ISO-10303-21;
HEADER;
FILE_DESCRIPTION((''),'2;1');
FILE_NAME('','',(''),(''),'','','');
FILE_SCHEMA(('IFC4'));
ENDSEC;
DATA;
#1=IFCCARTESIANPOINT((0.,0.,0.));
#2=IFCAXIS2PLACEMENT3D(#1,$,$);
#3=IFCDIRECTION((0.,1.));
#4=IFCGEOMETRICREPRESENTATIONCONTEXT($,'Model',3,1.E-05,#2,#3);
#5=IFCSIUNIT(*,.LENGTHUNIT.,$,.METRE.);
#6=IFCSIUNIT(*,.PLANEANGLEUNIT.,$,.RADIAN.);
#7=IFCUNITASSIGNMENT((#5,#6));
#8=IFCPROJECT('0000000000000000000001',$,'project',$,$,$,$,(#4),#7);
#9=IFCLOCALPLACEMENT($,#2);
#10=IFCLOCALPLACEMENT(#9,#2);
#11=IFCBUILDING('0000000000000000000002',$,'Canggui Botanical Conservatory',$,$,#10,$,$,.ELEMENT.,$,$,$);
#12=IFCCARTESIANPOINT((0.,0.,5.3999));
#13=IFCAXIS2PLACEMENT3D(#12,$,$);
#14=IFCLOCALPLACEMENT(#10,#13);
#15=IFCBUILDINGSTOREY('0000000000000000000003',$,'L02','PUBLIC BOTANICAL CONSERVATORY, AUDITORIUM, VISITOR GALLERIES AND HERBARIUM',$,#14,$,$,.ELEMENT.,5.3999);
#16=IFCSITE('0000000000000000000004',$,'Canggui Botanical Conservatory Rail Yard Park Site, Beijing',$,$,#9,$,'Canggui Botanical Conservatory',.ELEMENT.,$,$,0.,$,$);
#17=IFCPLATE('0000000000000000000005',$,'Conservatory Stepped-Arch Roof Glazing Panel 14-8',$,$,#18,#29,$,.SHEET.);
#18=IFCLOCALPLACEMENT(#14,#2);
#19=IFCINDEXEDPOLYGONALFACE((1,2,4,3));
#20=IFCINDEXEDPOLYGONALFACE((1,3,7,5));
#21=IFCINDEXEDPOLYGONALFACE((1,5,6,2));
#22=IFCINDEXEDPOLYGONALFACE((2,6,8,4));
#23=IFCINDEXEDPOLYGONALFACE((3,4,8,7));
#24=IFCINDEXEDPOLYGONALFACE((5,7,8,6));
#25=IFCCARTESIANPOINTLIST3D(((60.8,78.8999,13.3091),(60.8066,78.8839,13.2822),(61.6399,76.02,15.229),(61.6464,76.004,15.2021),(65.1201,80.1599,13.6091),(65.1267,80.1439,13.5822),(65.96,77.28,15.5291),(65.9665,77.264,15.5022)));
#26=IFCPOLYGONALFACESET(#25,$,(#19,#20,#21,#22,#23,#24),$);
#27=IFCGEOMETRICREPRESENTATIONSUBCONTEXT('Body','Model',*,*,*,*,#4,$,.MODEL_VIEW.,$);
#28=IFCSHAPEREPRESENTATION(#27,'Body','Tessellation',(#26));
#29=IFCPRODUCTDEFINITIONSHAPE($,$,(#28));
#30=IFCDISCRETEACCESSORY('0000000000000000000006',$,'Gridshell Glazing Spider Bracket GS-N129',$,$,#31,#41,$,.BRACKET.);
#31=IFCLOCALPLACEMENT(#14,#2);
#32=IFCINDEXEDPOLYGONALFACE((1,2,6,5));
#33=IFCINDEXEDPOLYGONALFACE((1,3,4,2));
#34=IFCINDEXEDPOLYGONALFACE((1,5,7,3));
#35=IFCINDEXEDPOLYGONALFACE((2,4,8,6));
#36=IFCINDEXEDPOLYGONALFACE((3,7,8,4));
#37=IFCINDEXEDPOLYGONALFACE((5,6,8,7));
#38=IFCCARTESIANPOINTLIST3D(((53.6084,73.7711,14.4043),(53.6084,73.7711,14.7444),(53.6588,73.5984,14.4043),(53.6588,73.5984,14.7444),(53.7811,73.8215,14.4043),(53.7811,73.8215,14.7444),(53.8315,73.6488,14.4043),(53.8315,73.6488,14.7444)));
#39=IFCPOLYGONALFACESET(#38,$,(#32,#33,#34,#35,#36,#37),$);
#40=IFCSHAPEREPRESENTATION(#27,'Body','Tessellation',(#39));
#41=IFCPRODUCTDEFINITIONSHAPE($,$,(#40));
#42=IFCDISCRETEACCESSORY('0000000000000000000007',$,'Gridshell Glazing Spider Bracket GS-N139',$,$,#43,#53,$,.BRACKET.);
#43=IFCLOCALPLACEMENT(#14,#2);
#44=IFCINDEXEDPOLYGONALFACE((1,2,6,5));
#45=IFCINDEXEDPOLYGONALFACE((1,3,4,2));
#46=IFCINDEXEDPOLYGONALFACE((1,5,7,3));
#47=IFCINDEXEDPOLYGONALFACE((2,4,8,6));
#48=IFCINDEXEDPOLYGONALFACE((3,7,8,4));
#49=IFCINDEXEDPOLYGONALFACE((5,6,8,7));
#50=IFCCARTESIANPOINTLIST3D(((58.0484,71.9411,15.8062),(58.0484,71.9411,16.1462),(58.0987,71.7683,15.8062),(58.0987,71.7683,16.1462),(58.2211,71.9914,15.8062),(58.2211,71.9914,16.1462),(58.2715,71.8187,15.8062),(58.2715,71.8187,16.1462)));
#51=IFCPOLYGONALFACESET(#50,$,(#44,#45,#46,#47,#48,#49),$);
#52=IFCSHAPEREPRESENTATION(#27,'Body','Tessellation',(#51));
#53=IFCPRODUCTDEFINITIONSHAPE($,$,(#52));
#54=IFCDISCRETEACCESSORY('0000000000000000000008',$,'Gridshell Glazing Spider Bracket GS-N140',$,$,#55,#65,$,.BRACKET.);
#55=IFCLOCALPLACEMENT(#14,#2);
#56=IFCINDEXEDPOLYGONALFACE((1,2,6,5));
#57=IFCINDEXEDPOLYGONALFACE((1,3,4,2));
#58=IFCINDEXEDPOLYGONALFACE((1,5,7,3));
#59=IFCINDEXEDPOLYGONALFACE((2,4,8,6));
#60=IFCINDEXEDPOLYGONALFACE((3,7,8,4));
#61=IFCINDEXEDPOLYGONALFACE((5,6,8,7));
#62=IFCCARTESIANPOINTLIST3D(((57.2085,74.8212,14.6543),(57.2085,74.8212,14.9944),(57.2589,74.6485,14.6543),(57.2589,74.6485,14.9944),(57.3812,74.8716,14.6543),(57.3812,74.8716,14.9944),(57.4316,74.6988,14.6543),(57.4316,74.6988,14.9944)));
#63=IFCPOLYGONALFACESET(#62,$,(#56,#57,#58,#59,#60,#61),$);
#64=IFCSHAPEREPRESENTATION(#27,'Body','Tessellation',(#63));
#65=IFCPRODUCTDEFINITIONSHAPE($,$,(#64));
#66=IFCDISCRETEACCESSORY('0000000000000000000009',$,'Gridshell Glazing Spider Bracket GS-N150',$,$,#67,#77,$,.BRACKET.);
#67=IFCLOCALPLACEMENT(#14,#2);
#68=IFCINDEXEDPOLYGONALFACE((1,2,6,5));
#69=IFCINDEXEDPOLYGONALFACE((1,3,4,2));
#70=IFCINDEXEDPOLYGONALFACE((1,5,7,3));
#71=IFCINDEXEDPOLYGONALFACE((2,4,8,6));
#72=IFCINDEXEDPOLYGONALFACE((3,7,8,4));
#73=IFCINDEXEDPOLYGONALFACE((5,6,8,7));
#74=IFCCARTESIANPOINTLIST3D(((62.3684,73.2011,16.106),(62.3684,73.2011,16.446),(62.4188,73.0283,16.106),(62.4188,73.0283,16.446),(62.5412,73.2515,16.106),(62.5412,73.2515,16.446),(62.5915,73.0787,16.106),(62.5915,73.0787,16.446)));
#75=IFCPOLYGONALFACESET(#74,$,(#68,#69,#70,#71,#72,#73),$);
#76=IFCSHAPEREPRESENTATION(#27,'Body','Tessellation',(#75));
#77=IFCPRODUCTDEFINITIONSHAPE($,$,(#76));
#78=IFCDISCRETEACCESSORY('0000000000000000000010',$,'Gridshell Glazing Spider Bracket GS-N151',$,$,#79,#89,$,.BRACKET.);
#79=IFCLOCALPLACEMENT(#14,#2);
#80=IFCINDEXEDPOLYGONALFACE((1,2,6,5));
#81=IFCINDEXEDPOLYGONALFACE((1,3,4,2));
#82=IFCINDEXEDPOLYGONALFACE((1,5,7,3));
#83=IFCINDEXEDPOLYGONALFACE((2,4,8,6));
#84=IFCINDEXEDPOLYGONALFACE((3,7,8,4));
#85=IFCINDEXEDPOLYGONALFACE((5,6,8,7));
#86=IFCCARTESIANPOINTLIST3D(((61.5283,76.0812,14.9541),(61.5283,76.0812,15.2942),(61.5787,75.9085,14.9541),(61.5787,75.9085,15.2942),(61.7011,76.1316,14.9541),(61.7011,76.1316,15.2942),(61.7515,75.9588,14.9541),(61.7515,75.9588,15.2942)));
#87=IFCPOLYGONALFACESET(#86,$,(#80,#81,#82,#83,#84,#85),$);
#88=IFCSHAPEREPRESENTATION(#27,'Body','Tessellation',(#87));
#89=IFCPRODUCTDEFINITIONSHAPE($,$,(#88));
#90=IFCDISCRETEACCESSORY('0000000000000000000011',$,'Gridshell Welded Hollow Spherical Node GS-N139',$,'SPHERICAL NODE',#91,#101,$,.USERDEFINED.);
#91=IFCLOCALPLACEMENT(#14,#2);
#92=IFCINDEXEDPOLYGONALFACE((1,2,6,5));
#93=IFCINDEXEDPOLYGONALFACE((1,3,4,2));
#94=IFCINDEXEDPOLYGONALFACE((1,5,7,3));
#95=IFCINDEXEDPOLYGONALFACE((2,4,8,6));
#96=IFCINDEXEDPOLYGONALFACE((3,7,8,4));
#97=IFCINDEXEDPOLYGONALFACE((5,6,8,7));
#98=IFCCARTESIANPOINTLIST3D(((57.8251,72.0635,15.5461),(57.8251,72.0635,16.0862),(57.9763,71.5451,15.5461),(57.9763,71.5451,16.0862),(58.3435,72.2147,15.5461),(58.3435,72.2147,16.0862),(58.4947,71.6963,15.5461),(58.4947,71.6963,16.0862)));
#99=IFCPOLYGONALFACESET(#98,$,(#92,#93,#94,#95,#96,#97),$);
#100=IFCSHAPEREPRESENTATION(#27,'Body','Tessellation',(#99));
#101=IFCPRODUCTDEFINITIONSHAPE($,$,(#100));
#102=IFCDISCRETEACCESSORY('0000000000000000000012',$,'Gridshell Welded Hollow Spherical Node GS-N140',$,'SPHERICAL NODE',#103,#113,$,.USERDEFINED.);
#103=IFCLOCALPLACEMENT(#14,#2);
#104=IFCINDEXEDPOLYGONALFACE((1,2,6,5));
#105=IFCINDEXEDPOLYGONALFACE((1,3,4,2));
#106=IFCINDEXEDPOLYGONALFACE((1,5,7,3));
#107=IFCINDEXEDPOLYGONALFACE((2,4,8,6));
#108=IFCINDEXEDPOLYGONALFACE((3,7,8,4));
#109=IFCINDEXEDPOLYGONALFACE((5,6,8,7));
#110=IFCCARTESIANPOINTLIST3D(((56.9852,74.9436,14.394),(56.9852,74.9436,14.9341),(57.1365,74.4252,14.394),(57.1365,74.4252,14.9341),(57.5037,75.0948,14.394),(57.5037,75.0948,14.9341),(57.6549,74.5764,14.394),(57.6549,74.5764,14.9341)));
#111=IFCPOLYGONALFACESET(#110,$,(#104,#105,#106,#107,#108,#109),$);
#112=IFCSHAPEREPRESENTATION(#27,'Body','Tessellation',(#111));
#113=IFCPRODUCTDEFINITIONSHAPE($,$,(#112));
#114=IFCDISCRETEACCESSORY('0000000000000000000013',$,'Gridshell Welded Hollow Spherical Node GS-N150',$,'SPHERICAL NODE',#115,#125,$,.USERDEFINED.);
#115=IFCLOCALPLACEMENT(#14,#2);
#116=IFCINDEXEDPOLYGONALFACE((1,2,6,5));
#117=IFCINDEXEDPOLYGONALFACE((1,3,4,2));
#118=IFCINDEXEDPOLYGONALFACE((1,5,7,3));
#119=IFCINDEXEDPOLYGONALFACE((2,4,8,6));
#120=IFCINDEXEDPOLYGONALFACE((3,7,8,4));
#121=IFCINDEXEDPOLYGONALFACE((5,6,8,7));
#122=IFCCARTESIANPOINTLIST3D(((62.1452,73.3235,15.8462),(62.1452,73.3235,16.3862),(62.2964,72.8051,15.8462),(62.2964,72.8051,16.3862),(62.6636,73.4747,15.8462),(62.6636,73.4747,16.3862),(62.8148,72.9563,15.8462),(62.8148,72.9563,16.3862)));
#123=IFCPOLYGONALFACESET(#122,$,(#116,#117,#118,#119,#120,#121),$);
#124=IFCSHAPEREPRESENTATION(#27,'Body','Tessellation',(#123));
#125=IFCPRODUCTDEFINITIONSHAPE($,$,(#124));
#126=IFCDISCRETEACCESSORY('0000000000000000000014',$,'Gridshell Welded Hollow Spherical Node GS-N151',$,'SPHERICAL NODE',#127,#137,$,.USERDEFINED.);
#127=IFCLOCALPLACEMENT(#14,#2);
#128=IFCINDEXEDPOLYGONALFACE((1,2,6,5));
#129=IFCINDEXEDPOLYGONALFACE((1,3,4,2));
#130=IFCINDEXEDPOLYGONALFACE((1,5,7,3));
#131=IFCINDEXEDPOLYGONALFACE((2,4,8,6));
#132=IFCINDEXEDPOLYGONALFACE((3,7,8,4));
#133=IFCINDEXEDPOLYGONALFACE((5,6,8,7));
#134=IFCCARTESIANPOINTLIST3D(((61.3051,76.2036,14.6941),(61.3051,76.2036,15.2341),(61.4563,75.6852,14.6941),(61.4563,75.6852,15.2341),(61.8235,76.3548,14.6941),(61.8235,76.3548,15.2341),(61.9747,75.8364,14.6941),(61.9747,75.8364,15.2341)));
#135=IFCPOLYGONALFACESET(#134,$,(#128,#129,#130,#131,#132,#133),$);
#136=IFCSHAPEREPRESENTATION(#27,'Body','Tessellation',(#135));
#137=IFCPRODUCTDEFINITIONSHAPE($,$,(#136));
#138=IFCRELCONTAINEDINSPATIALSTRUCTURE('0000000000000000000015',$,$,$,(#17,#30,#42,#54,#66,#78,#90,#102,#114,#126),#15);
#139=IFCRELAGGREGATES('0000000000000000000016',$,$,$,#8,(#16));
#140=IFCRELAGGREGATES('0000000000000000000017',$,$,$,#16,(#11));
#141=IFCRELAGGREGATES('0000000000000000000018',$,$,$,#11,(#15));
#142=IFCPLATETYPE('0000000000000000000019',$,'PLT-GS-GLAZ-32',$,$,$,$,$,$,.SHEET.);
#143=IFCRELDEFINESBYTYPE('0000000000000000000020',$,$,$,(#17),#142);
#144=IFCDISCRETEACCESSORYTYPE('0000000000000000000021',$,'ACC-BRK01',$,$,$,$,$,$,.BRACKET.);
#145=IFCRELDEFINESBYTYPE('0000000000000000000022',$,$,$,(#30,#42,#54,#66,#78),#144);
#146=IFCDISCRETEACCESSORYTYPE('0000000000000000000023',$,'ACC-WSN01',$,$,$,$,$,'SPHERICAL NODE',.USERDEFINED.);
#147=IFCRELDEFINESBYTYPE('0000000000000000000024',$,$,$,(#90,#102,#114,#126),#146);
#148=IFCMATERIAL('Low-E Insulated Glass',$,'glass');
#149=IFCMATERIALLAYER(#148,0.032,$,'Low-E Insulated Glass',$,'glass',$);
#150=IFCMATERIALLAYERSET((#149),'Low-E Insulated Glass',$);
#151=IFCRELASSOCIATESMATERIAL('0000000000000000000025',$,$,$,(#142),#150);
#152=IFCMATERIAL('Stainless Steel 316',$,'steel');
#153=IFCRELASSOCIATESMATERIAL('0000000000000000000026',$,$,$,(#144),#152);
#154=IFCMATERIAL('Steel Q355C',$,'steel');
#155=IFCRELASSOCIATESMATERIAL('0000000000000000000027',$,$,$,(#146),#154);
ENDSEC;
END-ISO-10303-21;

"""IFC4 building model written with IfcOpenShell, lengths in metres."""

from ifc_helpers import new_model, si_unit, direction, frame, origin, origin_2d, place, context, subcontext, project, spatial, polyline, rectangle, outline, extrude, material, layer, layer_set, type_object, element, save


model = new_model("IFC4")

# Units and contexts
model_context = context("Model", 3, precision=1e-05, world=origin(), true_north=direction((0.0, 1.0)))
body_context = subcontext(model_context, "Body", "Model", "MODEL_VIEW")
ifc_project = project(units=[si_unit("LENGTHUNIT", "METRE"), si_unit("PLANEANGLEUNIT", "RADIAN")], contexts=[model_context])

# Site, building, storey
site_placement = place(None, origin())
site = spatial("IfcSite", under=ifc_project, at=site_placement, Name="Canggui Botanical Conservatory Rail Yard Park Site, Beijing", LongName="Canggui Botanical Conservatory", CompositionType="ELEMENT", RefElevation=0.0)
building_placement = place(site_placement, origin())
building = spatial("IfcBuilding", under=site, at=building_placement, Name="Canggui Botanical Conservatory", CompositionType="ELEMENT")
storey_placement = place(building_placement, frame((0.0, 0.0, 5.3999)))
storey = spatial("IfcBuildingStorey", under=building, at=storey_placement, Name="L02", Description="PUBLIC BOTANICAL CONSERVATORY, AUDITORIUM, VISITOR GALLERIES AND HERBARIUM", CompositionType="ELEMENT", Elevation=5.3999)

# Shared definitions
ifc_material_1 = material(Name="Steel Q355C", Category="steel")

# Plate
ifc_material_2 = material(Name="Low-E Insulated Glass", Category="glass")
ifc_layer_1 = layer(ifc_material_2, 0.032, Name="Low-E Insulated Glass", Category="glass")
ifc_layer_set_1 = layer_set([ifc_layer_1], Name="Low-E Insulated Glass")
plate_type_1 = type_object("IfcPlateType", Name="PLT-GS-GLAZ-32", PredefinedType="SHEET", material=ifc_layer_set_1)
plate_1_placement = place(storey_placement, frame((61.6399, 76.02, 15.229), z_axis=(-0.204526, 0.500984, 0.840943), x_axis=(0.957874, 0.279378, 0.066529)))
element("IfcPlate", 1, at=plate_1_placement, inside=storey, type_object=plate_type_1, Name="Conservatory Stepped-Arch Roof Glazing Panel 14-8", PredefinedType="SHEET", context=body_context, shape_type="SweptSolid", body=[
    extrude(outline(polyline([(0.0, 0.0), (4.5101, 0.0), (4.3824, 3.5593), (-0.1276, 3.5593), (0.0, 0.0)])), origin(), (0.0, 0.0, -1.0), 0.032),
])

# Discrete accessories
ifc_material_3 = material(Name="Stainless Steel 316", Category="steel")
discrete_accessory_type_1 = type_object("IfcDiscreteAccessoryType", Name="ACC-BRK01", PredefinedType="BRACKET", material=ifc_material_3)
for number, where, z_axis, x_axis, name in (
    (2, (53.72, 73.71, 14.4043), (0.0, 0.0, 1.0), (0.96, 0.28, 0.0), "Gridshell Glazing Spider Bracket GS-N129"),
    (3, (58.1599, 71.8799, 15.8062), (0.0, 0.0, 1.0), (0.96, 0.28, 0.0), "Gridshell Glazing Spider Bracket GS-N139"),
    (4, (57.3201, 74.76, 14.6543), (0.0, 0.0, 1.0), (0.96, 0.28, 0.0), "Gridshell Glazing Spider Bracket GS-N140"),
    (5, (62.48, 73.1399, 16.106), (0.0, 0.0, 1.0), (0.96, 0.28, 0.0), "Gridshell Glazing Spider Bracket GS-N150"),
    (6, (61.6399, 76.02, 14.9541), (0.0, 0.0, 1.0), (0.96, 0.28, 0.0), "Gridshell Glazing Spider Bracket GS-N151"),
):
    element("IfcDiscreteAccessory", number, at=place(storey_placement, frame(where, z_axis=z_axis, x_axis=x_axis)), inside=storey, type_object=discrete_accessory_type_1, Name=name, PredefinedType="BRACKET", context=body_context, shape_type="SweptSolid", body=[
        extrude(rectangle(XDim=0.1799, YDim=0.1799, at=origin_2d()), origin(), (0.0, 0.0, 1.0), 0.3401),
    ])
discrete_accessory_type_2 = type_object("IfcDiscreteAccessoryType", Name="ACC-WSN01", ElementType="SPHERICAL NODE", PredefinedType="USERDEFINED", material=ifc_material_1)
for number, where, z_axis, x_axis, name in (
    (7, (58.1599, 71.8799, 15.5461), (0.0, 0.0, 1.0), (0.96, 0.28, 0.0), "Gridshell Welded Hollow Spherical Node GS-N139"),
    (8, (57.3201, 74.76, 14.394), (0.0, 0.0, 1.0), (0.96, 0.28, 0.0), "Gridshell Welded Hollow Spherical Node GS-N140"),
    (9, (62.48, 73.1399, 15.8462), (0.0, 0.0, 1.0), (0.96, 0.28, 0.0), "Gridshell Welded Hollow Spherical Node GS-N150"),
    (10, (61.6399, 76.02, 14.6941), (0.0, 0.0, 1.0), (0.96, 0.28, 0.0), "Gridshell Welded Hollow Spherical Node GS-N151"),
):
    element("IfcDiscreteAccessory", number, at=place(storey_placement, frame(where, z_axis=z_axis, x_axis=x_axis)), inside=storey, type_object=discrete_accessory_type_2, Name=name, ObjectType="SPHERICAL NODE", PredefinedType="USERDEFINED", context=body_context, shape_type="SweptSolid", body=[
        extrude(rectangle(XDim=0.54, YDim=0.54, at=origin_2d()), origin(), (0.0, 0.0, 1.0), 0.54),
    ])

save(model, "model.ifc")
